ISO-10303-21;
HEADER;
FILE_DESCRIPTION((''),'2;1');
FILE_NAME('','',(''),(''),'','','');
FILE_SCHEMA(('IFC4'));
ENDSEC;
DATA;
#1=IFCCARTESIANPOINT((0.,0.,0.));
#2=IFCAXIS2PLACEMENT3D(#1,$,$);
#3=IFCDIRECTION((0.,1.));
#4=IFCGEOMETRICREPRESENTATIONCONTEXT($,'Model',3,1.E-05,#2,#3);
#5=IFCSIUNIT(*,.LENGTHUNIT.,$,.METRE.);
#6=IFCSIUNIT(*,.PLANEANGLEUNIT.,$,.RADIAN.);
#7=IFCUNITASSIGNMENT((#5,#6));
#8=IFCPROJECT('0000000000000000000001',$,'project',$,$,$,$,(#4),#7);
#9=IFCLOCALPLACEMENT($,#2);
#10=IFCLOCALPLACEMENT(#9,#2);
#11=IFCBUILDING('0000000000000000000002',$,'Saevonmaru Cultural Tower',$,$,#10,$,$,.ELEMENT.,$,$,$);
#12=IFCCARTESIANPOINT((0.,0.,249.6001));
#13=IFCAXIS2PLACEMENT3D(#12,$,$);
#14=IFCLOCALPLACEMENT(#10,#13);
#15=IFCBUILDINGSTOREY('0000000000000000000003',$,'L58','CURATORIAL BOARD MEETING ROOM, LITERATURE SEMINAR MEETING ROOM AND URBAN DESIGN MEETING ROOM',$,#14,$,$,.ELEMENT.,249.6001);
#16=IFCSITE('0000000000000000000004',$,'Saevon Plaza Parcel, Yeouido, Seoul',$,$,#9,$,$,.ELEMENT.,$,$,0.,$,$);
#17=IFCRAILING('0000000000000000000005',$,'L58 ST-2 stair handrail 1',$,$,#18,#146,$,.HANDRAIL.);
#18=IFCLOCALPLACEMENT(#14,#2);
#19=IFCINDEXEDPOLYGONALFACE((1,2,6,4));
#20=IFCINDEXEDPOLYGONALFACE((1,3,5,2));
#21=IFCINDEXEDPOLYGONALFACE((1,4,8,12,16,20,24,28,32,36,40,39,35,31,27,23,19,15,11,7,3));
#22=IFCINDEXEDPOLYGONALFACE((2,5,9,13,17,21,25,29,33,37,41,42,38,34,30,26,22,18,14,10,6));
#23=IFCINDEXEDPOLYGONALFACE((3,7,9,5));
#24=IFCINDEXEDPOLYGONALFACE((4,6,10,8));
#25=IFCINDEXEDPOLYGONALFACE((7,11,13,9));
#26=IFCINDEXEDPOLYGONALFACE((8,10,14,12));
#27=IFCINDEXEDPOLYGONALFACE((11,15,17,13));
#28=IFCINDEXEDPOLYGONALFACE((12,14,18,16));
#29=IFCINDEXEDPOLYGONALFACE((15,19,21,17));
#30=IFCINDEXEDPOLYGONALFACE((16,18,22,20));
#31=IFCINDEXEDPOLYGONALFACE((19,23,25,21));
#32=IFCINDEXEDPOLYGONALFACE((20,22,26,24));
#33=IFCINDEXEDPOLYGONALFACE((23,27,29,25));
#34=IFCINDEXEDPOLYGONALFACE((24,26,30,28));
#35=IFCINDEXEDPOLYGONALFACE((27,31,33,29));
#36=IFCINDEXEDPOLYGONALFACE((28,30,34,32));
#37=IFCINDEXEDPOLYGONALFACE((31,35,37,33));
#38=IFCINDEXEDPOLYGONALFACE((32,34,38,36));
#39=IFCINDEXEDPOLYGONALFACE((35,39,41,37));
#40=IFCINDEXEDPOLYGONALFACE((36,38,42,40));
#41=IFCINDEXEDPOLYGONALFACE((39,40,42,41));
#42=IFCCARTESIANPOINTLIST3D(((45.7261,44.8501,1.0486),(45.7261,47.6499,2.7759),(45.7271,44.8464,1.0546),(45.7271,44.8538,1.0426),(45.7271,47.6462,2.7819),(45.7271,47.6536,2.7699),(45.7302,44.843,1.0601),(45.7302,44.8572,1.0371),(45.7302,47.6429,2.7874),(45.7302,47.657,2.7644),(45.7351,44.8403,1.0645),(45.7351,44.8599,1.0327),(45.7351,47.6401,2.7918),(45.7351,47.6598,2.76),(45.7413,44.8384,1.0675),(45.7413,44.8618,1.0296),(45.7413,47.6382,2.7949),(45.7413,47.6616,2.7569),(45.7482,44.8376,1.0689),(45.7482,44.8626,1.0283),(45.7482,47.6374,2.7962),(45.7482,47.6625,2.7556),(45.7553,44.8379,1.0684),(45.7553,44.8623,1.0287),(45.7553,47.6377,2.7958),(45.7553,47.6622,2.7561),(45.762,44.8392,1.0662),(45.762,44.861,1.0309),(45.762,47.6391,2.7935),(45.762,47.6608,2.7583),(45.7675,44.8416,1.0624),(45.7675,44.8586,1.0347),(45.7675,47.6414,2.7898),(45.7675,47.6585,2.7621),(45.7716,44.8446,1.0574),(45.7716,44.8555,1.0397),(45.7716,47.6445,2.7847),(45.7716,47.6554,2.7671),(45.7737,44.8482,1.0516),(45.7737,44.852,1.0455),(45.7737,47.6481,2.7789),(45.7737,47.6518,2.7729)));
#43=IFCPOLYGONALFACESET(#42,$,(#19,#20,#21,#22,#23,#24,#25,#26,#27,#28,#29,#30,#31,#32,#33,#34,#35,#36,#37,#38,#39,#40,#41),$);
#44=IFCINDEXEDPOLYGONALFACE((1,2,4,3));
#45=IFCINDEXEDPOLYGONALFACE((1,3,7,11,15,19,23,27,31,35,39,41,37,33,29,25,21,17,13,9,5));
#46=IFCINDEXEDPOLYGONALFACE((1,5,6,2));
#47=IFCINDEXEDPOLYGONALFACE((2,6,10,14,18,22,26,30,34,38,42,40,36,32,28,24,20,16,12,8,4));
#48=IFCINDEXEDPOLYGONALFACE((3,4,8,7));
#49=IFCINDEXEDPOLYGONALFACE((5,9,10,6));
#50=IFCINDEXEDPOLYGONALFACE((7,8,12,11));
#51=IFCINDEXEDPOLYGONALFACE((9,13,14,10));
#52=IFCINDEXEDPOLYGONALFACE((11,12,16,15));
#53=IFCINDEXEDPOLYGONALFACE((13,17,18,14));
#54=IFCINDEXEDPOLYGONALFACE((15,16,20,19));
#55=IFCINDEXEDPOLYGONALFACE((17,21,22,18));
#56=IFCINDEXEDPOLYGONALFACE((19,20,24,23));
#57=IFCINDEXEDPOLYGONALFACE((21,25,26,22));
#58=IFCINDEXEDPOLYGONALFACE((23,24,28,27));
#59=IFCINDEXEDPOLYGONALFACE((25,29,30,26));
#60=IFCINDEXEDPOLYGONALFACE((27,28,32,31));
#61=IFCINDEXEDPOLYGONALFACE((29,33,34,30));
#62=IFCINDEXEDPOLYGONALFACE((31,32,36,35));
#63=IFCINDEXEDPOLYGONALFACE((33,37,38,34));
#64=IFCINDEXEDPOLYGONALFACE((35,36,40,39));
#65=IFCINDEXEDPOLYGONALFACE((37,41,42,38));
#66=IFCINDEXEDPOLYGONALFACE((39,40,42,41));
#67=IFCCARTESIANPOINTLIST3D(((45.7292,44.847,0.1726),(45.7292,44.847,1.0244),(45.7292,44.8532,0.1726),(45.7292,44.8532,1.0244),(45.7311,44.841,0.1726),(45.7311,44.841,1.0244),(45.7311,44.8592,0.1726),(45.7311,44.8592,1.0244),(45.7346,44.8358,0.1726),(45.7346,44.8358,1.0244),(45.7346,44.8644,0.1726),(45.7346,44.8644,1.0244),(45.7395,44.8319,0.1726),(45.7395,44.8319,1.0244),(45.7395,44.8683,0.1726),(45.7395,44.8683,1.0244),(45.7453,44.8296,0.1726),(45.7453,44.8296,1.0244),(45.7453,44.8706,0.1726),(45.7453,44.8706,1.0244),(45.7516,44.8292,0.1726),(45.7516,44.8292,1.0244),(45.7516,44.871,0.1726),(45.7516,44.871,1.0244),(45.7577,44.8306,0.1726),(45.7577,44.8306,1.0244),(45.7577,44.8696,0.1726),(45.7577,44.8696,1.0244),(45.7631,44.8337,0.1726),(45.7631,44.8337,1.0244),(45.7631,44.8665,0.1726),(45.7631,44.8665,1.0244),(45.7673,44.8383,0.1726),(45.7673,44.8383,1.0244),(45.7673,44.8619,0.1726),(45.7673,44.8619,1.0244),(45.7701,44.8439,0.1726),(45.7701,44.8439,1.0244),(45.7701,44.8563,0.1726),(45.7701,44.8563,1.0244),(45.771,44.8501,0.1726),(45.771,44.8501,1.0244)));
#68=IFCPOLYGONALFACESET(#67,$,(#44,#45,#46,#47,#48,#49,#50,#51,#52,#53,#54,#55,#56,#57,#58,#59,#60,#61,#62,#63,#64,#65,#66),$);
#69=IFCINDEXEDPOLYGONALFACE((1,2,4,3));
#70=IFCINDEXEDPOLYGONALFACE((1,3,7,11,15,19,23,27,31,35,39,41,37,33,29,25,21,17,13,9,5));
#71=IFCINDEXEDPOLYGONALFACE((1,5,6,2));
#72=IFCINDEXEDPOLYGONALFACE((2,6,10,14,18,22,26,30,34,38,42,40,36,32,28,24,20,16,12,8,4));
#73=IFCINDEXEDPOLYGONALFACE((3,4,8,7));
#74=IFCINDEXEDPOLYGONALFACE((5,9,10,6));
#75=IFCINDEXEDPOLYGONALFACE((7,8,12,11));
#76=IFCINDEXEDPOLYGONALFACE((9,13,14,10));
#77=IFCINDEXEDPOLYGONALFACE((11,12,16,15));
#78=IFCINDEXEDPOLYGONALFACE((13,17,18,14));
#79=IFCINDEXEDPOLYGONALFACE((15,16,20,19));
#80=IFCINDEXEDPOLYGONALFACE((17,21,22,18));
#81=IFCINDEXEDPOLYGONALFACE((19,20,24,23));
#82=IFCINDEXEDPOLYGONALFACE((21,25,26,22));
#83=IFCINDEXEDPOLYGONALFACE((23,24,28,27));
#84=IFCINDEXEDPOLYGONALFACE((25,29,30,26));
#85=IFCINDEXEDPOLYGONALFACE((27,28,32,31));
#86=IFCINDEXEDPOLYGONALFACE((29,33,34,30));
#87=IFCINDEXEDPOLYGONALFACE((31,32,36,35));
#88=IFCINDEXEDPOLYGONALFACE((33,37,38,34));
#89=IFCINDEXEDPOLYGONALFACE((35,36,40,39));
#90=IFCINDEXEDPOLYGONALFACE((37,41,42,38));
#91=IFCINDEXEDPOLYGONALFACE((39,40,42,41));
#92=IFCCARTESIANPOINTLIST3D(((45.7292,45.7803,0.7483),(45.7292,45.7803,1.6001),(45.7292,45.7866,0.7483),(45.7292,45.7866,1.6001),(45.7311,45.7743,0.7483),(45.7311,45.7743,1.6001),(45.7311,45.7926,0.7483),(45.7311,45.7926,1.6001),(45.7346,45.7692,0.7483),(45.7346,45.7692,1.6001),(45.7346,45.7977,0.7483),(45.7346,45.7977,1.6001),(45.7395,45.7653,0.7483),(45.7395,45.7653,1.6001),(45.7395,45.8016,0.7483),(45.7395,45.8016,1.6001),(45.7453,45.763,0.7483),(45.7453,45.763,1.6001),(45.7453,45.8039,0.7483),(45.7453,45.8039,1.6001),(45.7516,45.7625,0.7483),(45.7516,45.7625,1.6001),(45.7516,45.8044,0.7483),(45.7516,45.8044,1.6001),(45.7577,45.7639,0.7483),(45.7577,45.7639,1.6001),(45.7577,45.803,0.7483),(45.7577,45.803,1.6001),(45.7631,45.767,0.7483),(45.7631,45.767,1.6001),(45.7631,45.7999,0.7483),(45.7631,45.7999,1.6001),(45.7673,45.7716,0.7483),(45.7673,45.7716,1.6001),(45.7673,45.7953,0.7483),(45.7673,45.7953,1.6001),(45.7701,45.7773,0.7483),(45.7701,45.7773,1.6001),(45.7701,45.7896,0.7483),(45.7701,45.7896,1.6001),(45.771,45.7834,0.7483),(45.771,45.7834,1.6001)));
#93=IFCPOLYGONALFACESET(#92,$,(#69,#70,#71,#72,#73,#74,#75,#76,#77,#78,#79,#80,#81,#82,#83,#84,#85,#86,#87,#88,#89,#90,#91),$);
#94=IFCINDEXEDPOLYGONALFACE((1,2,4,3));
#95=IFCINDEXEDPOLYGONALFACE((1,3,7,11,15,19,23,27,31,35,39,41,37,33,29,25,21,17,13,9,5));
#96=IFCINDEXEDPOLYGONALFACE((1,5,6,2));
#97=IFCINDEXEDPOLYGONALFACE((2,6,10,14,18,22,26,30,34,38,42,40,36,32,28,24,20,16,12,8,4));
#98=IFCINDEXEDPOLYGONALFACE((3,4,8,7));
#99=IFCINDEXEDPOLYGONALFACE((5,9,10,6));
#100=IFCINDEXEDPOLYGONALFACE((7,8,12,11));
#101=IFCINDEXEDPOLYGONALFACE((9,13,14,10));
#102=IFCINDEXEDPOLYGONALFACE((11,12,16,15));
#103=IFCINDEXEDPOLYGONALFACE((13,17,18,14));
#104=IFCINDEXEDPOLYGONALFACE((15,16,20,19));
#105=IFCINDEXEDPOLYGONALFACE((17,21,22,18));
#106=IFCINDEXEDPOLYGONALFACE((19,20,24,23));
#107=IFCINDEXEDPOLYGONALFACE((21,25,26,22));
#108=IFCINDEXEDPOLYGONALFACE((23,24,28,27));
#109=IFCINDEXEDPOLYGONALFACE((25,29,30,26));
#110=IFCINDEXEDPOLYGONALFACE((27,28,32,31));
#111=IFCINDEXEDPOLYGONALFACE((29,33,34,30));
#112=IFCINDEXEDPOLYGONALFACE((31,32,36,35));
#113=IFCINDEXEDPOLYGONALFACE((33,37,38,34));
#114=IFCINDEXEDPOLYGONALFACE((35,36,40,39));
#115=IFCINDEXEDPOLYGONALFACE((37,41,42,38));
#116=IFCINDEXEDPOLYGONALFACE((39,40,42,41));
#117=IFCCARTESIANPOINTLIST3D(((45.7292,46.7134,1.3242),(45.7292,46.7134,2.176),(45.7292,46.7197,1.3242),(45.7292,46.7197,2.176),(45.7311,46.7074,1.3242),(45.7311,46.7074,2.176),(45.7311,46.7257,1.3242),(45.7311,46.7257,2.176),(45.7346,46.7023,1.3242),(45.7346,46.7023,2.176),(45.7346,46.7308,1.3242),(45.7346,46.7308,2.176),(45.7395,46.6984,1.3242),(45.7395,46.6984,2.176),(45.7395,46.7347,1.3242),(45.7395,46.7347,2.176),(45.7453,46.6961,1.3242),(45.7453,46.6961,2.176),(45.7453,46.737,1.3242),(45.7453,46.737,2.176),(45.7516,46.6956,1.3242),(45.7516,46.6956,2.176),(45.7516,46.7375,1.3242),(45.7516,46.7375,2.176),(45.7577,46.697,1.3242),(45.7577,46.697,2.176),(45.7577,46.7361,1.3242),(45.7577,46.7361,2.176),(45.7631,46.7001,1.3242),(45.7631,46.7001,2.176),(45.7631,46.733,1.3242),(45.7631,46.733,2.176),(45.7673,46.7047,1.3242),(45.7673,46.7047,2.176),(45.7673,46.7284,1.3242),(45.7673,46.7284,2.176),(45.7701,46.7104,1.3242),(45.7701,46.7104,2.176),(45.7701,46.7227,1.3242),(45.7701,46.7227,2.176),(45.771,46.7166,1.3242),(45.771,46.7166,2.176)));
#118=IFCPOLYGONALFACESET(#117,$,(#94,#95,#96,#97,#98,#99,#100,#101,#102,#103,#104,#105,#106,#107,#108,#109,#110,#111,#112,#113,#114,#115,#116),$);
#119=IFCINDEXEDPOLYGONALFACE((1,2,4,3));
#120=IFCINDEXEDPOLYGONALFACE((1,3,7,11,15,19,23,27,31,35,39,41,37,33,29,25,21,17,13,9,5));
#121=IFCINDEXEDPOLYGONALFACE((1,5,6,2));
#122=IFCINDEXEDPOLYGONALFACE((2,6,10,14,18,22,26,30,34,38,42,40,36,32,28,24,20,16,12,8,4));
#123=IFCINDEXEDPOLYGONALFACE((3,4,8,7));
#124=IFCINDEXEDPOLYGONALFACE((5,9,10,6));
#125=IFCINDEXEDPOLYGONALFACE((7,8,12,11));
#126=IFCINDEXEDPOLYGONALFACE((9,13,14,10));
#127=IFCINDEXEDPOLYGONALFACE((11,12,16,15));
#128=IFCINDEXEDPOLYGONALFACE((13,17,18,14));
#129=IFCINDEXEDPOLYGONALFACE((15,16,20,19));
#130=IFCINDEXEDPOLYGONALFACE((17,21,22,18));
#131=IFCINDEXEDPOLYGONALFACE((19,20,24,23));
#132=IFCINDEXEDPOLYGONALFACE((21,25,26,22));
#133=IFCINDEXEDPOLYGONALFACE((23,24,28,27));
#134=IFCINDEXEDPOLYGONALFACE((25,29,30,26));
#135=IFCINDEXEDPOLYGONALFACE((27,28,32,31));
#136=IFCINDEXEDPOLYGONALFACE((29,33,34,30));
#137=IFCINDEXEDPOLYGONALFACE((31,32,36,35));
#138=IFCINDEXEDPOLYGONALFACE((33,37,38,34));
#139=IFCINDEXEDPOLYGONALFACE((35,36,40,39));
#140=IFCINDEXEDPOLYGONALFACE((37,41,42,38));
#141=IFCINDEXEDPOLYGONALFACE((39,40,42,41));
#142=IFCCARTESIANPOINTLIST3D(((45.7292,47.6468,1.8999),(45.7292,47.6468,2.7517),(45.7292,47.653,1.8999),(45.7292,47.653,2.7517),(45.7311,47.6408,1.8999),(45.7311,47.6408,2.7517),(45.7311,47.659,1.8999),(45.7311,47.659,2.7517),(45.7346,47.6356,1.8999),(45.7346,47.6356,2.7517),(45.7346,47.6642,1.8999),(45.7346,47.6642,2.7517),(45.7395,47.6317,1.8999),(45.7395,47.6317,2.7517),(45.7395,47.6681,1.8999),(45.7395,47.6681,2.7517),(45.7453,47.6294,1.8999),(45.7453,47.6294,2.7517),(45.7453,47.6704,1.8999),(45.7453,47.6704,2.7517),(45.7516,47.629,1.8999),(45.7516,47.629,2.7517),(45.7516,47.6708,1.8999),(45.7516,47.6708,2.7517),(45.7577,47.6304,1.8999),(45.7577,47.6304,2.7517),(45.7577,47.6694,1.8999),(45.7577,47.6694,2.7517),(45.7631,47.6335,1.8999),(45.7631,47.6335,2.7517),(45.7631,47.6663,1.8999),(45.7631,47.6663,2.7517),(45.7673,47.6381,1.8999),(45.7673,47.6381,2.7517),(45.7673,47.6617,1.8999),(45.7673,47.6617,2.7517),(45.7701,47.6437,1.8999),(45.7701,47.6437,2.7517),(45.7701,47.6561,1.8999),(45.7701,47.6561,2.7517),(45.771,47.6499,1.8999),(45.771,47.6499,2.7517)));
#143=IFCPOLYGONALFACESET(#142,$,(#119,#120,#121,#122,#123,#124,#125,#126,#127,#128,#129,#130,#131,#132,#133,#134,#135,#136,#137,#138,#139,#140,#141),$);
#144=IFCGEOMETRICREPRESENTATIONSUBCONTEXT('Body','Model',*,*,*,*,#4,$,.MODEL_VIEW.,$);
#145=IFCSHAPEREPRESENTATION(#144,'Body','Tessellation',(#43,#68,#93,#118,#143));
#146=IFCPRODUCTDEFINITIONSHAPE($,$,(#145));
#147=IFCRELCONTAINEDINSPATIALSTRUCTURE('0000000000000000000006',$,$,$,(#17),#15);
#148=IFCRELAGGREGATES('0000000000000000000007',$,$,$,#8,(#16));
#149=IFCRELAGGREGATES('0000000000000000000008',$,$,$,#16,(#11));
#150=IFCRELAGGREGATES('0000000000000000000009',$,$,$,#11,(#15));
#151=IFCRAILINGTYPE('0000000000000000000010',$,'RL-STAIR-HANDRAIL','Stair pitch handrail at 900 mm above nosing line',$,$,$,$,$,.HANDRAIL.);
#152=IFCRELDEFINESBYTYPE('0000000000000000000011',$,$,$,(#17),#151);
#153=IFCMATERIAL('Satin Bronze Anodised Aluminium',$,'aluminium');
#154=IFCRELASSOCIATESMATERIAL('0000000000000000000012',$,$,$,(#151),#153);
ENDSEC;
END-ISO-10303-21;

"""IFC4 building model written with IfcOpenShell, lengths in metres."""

from ifc_helpers import new_model, si_unit, direction, frame, origin, origin_2d, place, context, subcontext, project, spatial, circle, extrude, material, type_object, element, save


model = new_model("IFC4")

# Units and contexts
model_context = context("Model", 3, precision=1e-05, world=origin(), true_north=direction((0.0, 1.0)))
body_context = subcontext(model_context, "Body", "Model", "MODEL_VIEW")
ifc_project = project(units=[si_unit("LENGTHUNIT", "METRE"), si_unit("PLANEANGLEUNIT", "RADIAN")], contexts=[model_context])

# Site, building, storey
site_placement = place(None, origin())
site = spatial("IfcSite", under=ifc_project, at=site_placement, Name="Saevon Plaza Parcel, Yeouido, Seoul", CompositionType="ELEMENT", RefElevation=0.0)
building_placement = place(site_placement, origin())
building = spatial("IfcBuilding", under=site, at=building_placement, Name="Saevonmaru Cultural Tower", CompositionType="ELEMENT")
storey_placement = place(building_placement, frame((0.0, 0.0, 249.6001)))
storey = spatial("IfcBuildingStorey", under=building, at=storey_placement, Name="L58", Description="CURATORIAL BOARD MEETING ROOM, LITERATURE SEMINAR MEETING ROOM AND URBAN DESIGN MEETING ROOM", CompositionType="ELEMENT", Elevation=249.6001)

# Shared definitions
ifc_material_1 = material(Name="Satin Bronze Anodised Aluminium", Category="aluminium")

# Railing
railing_type_1 = type_object("IfcRailingType", Name="RL-STAIR-HANDRAIL", Description="Stair pitch handrail at 900 mm above nosing line", PredefinedType="HANDRAIL", material=ifc_material_1)
railing_1_placement = place(storey_placement, frame((45.75, 44.8501, 0.1726)))
element("IfcRailing", 1, at=railing_1_placement, inside=storey, type_object=railing_type_1, Name="L58 ST-2 stair handrail 1", PredefinedType="HANDRAIL", context=body_context, shape_type="SweptSolid", body=[
    extrude(circle(Radius=0.0239, at=origin_2d()), frame((0.0, 0.0, 0.876), z_axis=(0.0, 0.851069, 0.525054), x_axis=(-1.0, 0.0, 0.0)), (0.0, 0.0, 1.0), 3.2898),
    extrude(circle(Radius=0.021, at=origin_2d()), origin(), (0.0, 0.0, 1.0), 0.8518),
    extrude(circle(Radius=0.021, at=origin_2d()), frame((0.0, 0.9333, 0.5757)), (0.0, 0.0, 1.0), 0.8518),
    extrude(circle(Radius=0.021, at=origin_2d()), frame((0.0, 1.8665, 1.1516)), (0.0, 0.0, 1.0), 0.8518),
    extrude(circle(Radius=0.021, at=origin_2d()), frame((0.0, 2.7998, 1.7273)), (0.0, 0.0, 1.0), 0.8518),
])

save(model, "model.ifc")
